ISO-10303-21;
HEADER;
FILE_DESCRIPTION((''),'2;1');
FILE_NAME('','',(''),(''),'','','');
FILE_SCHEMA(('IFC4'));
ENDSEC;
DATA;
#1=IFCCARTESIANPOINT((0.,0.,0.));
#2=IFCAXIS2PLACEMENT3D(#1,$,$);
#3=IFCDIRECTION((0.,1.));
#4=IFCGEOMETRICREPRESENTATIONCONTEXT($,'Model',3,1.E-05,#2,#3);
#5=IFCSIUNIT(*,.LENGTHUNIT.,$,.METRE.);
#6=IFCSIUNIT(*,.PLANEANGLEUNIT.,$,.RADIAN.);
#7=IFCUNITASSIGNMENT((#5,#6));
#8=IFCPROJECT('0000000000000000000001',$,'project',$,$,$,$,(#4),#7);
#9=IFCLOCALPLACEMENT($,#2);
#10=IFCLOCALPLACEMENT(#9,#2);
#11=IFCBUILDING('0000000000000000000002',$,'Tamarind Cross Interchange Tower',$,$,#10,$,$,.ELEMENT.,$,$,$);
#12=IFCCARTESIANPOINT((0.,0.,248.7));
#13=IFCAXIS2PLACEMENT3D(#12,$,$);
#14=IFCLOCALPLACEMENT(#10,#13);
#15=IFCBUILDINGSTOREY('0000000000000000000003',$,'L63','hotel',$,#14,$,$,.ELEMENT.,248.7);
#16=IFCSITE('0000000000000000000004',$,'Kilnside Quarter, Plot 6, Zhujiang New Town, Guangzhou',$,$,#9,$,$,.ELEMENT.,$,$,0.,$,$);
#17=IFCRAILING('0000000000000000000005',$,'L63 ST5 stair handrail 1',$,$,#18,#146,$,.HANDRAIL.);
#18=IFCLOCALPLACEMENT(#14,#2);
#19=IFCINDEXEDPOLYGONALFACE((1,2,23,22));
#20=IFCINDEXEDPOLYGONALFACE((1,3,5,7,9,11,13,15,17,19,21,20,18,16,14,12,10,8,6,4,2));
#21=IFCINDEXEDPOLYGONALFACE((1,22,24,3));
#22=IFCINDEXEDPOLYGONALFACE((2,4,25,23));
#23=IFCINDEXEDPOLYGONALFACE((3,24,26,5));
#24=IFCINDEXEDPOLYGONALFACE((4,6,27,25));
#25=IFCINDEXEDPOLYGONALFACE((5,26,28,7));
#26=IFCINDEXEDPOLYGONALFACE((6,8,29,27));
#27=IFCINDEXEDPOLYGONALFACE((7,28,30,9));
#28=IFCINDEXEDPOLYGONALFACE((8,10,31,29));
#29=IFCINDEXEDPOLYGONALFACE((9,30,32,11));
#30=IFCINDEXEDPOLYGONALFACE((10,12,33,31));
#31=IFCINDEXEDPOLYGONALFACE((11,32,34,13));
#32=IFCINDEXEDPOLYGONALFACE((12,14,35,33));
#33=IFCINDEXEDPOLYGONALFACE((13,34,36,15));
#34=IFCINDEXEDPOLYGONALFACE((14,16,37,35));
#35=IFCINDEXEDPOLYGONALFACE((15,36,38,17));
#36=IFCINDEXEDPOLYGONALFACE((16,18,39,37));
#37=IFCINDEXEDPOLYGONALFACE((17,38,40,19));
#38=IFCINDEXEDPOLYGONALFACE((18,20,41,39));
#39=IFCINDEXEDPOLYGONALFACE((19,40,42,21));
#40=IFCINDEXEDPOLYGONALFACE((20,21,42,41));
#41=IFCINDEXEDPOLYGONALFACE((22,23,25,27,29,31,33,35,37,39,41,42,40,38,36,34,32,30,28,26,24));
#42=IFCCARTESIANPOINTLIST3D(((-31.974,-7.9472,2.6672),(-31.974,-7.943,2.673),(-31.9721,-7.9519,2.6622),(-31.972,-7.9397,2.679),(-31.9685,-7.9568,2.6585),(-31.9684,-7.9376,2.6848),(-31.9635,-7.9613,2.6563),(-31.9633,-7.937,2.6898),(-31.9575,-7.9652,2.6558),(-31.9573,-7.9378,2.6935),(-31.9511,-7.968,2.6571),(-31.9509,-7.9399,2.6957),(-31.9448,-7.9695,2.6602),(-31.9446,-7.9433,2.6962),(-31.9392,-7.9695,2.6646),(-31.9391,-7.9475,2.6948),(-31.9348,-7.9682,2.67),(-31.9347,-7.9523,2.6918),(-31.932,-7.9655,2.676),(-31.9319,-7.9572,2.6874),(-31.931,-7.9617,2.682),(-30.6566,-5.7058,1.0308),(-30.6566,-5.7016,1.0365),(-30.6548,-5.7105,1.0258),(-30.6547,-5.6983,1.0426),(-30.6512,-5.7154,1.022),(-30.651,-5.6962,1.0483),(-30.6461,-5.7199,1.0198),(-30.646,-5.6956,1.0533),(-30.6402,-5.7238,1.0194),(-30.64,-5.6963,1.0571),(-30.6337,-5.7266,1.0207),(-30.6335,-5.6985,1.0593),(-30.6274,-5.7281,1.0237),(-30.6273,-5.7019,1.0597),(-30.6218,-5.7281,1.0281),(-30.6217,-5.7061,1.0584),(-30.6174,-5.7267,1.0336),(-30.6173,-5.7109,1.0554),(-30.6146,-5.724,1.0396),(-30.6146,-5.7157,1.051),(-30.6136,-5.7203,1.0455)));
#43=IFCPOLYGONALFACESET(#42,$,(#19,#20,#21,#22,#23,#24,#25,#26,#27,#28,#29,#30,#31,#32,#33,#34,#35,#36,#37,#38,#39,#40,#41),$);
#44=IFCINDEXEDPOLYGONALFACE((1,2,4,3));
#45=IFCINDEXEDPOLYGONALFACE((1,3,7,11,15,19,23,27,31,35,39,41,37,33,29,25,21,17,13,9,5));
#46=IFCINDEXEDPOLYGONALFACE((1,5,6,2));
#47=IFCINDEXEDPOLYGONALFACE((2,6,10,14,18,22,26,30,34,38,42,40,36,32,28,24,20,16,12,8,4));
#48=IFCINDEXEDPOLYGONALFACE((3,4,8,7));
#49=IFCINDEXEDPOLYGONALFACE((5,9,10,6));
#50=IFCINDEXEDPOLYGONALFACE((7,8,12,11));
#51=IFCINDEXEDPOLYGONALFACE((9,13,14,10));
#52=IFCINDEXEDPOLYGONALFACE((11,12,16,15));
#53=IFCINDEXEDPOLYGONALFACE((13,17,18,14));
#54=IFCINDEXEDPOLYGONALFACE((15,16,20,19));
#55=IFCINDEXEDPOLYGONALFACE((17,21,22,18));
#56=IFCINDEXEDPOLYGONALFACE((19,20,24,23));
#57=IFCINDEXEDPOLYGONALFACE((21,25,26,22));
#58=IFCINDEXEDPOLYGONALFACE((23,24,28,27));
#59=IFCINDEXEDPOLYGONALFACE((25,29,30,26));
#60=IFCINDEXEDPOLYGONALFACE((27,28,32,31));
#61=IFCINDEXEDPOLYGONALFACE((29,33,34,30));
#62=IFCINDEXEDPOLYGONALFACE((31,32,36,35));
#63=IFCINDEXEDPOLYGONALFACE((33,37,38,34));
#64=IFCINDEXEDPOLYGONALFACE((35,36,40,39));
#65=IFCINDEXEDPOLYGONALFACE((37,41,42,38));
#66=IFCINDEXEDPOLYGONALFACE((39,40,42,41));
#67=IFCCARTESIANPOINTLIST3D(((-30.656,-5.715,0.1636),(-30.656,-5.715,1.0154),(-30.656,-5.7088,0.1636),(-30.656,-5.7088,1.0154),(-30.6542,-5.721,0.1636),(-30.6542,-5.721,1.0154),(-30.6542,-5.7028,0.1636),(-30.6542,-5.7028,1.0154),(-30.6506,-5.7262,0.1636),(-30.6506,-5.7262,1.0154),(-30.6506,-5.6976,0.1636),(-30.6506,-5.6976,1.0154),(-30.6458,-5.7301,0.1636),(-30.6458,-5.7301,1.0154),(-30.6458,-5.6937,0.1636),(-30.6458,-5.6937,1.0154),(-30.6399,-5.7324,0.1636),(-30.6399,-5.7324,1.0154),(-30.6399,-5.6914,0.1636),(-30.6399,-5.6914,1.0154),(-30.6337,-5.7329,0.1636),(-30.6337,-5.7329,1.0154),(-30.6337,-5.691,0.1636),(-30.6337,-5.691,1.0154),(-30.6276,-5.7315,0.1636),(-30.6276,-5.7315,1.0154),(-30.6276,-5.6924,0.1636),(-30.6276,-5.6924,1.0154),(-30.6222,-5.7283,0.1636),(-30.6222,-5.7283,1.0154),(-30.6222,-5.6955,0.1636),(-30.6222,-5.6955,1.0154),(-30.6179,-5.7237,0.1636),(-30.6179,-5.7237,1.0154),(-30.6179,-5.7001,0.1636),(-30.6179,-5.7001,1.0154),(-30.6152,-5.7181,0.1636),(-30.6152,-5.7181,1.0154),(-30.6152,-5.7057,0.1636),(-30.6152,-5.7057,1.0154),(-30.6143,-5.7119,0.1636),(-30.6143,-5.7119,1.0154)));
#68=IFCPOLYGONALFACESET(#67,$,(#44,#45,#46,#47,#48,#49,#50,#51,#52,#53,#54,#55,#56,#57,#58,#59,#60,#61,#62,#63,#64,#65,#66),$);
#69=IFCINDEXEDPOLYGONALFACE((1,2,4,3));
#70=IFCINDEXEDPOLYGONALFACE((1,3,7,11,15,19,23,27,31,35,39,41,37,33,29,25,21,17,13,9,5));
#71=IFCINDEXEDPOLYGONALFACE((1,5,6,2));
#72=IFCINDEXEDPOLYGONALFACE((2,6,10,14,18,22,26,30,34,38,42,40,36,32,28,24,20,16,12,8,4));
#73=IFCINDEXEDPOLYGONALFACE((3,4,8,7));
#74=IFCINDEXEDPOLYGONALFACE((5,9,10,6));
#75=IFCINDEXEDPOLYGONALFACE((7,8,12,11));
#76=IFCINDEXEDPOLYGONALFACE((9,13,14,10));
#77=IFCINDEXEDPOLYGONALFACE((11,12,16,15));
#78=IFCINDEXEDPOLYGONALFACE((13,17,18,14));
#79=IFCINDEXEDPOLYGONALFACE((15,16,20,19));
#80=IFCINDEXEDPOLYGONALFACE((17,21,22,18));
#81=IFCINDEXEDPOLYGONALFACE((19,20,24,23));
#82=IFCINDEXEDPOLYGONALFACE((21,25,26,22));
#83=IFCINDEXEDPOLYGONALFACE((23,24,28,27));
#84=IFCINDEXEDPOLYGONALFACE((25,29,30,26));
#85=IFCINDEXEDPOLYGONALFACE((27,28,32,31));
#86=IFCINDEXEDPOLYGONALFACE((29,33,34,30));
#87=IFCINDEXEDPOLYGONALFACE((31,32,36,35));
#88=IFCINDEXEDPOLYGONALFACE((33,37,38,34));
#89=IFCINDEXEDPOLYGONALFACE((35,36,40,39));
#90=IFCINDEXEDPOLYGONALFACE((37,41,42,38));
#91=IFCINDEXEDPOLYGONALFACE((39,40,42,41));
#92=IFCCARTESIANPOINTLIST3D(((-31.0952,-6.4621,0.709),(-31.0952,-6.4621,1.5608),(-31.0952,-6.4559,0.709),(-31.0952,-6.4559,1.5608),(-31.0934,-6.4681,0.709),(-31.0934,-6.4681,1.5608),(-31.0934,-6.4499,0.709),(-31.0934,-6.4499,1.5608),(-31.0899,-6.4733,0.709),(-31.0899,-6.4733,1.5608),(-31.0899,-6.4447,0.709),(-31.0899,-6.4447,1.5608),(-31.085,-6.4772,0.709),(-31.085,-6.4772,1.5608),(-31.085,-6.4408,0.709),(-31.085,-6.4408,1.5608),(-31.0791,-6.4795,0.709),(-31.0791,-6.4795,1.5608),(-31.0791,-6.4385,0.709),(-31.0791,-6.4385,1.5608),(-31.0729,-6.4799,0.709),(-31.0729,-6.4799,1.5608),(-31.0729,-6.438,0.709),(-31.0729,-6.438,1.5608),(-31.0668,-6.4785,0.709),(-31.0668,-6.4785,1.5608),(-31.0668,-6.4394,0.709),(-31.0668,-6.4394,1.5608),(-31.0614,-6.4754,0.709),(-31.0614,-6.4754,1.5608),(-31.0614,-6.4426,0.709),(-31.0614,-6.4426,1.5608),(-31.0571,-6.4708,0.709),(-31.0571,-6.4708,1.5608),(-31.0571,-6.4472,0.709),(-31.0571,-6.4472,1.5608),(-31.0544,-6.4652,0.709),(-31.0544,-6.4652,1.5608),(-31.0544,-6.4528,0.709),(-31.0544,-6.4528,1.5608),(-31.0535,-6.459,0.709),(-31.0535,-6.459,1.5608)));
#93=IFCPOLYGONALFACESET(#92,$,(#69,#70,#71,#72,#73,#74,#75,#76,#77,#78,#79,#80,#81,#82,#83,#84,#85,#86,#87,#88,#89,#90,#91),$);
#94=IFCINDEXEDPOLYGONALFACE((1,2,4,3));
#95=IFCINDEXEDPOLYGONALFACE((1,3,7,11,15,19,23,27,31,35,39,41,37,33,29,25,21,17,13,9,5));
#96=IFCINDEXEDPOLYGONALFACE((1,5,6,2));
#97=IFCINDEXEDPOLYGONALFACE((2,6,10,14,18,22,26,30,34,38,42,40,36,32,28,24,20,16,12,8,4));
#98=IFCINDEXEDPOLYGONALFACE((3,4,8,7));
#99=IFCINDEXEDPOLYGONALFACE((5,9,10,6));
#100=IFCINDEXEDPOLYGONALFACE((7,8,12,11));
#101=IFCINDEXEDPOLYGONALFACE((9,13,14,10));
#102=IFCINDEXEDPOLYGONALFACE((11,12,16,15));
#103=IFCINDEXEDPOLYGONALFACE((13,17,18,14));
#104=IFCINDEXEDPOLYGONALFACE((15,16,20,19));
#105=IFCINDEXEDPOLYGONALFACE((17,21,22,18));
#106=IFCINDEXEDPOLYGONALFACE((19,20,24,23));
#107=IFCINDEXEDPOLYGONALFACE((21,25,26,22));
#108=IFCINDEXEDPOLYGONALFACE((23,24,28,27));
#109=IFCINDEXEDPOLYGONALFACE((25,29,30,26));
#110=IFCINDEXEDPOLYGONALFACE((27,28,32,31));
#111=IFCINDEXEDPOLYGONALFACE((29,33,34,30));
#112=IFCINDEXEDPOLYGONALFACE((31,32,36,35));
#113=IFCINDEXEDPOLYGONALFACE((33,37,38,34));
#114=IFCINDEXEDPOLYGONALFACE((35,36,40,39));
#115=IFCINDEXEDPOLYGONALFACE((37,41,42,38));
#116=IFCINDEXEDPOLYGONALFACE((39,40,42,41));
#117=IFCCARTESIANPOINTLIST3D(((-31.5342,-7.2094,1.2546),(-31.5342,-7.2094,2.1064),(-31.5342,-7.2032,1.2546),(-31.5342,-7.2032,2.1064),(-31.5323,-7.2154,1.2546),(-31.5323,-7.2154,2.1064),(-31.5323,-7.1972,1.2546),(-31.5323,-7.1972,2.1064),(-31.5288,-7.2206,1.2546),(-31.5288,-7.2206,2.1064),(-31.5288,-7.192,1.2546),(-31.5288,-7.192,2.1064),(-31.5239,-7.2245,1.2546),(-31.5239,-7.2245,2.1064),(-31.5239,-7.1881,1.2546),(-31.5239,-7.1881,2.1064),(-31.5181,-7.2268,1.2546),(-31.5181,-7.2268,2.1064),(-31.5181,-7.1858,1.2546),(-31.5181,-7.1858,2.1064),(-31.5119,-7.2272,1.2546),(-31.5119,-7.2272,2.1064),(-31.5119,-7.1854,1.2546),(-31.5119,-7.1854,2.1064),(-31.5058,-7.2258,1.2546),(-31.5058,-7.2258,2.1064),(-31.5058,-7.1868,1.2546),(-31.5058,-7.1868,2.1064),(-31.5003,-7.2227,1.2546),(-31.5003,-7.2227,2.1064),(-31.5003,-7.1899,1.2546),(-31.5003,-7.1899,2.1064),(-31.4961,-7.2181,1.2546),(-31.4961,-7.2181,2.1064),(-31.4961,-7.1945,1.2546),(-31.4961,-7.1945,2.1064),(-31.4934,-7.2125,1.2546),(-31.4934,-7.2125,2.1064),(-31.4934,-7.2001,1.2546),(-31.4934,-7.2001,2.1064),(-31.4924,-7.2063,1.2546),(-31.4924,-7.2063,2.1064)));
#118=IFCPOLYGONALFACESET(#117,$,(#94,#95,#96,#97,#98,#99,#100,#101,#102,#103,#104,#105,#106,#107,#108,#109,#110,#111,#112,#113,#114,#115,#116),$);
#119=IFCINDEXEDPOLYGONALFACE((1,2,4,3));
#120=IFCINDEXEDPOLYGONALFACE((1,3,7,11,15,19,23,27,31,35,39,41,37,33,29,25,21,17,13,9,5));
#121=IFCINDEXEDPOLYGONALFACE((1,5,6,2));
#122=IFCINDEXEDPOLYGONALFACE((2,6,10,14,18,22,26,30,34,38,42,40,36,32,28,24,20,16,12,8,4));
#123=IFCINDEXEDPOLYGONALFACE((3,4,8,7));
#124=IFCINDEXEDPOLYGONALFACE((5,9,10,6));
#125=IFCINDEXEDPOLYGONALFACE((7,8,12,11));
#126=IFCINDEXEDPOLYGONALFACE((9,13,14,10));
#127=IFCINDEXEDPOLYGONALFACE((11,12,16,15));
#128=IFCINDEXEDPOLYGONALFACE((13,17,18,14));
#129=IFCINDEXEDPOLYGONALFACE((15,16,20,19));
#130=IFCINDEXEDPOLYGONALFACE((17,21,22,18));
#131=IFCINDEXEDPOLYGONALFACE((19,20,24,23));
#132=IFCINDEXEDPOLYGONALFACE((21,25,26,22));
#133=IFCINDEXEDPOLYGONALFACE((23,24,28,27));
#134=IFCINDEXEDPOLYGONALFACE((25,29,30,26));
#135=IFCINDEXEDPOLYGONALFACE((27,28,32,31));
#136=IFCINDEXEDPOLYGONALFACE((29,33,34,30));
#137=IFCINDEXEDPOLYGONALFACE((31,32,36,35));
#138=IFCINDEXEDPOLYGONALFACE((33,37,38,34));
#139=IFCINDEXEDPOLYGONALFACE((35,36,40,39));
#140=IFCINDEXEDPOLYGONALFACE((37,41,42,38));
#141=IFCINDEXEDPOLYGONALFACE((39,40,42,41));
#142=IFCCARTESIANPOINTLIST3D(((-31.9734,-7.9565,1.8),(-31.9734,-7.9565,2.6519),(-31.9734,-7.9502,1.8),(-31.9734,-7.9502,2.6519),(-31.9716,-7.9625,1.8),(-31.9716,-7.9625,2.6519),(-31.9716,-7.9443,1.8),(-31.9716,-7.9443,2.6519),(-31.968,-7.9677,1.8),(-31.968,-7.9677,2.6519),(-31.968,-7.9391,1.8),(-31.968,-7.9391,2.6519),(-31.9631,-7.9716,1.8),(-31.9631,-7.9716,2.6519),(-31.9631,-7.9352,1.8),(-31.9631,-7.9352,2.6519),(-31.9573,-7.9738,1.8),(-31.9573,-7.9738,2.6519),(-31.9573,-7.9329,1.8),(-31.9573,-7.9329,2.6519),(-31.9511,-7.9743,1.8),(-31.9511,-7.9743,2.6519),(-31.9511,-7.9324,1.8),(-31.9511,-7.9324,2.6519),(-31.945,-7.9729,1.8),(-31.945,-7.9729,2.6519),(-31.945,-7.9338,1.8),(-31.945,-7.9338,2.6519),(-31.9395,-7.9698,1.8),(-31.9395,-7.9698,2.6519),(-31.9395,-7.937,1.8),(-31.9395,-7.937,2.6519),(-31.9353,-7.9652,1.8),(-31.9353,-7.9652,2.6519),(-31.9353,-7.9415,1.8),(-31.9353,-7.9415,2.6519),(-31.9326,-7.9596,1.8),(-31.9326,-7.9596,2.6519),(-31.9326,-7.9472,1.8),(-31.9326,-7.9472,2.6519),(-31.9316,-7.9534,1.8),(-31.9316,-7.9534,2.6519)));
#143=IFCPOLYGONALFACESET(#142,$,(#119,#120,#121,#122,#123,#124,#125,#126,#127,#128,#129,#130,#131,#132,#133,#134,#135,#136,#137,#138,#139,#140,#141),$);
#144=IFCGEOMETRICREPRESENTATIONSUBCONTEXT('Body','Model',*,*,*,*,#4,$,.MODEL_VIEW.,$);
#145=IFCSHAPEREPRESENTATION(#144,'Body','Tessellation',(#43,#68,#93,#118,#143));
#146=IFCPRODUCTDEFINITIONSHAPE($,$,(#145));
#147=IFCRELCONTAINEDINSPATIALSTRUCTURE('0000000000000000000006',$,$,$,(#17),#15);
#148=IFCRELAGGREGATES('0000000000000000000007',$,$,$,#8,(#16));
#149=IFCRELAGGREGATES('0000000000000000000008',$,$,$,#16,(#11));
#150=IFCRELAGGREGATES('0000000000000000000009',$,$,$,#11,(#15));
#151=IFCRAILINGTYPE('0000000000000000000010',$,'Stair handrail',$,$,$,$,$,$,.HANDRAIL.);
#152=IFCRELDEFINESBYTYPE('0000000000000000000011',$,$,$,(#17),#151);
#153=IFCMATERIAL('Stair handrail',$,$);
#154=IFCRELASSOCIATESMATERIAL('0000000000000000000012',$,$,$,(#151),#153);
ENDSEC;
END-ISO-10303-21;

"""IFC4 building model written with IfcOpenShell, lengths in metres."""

from ifc_helpers import new_model, si_unit, direction, frame, origin, origin_2d, place, context, subcontext, project, spatial, circle, extrude, material, type_object, element, save


model = new_model("IFC4")

# Units and contexts
model_context = context("Model", 3, precision=1e-05, world=origin(), true_north=direction((0.0, 1.0)))
body_context = subcontext(model_context, "Body", "Model", "MODEL_VIEW")
ifc_project = project(units=[si_unit("LENGTHUNIT", "METRE"), si_unit("PLANEANGLEUNIT", "RADIAN")], contexts=[model_context])

# Site, building, storey
site_placement = place(None, origin())
site = spatial("IfcSite", under=ifc_project, at=site_placement, Name="Kilnside Quarter, Plot 6, Zhujiang New Town, Guangzhou", CompositionType="ELEMENT", RefElevation=0.0)
building_placement = place(site_placement, origin())
building = spatial("IfcBuilding", under=site, at=building_placement, Name="Tamarind Cross Interchange Tower", CompositionType="ELEMENT")
storey_placement = place(building_placement, frame((0.0, 0.0, 248.7)))
storey = spatial("IfcBuildingStorey", under=building, at=storey_placement, Name="L63", Description="hotel", CompositionType="ELEMENT", Elevation=248.7)

# Railing
ifc_material_1 = material(Name="Stair handrail")
railing_type_1 = type_object("IfcRailingType", Name="Stair handrail", PredefinedType="HANDRAIL", material=ifc_material_1)
railing_1_placement = place(storey_placement, frame((-30.6353, -5.7119, 0.1636)))
element("IfcRailing", 1, at=railing_1_placement, inside=storey, type_object=railing_type_1, Name="L63 ST5 stair handrail 1", PredefinedType="HANDRAIL", context=body_context, shape_type="SweptSolid", body=[
    extrude(circle(Radius=0.0239, at=origin_2d()), frame((0.0, 0.0, 0.876), z_axis=(-0.428825, -0.729622, 0.532693), x_axis=(0.862122, -0.5067, 0.0)), (0.0, 0.0, 1.0), 3.072),
    extrude(circle(Radius=0.021, at=origin_2d()), origin(), (0.0, 0.0, 1.0), 0.8518),
    extrude(circle(Radius=0.021, at=origin_2d()), frame((-0.4392, -0.7471, 0.5454)), (0.0, 0.0, 1.0), 0.8518),
    extrude(circle(Radius=0.021, at=origin_2d()), frame((-0.8782, -1.4944, 1.0911)), (0.0, 0.0, 1.0), 0.8518),
    extrude(circle(Radius=0.021, at=origin_2d()), frame((-1.3174, -2.2415, 1.6365)), (0.0, 0.0, 1.0), 0.8518),
])

save(model, "model.ifc")
